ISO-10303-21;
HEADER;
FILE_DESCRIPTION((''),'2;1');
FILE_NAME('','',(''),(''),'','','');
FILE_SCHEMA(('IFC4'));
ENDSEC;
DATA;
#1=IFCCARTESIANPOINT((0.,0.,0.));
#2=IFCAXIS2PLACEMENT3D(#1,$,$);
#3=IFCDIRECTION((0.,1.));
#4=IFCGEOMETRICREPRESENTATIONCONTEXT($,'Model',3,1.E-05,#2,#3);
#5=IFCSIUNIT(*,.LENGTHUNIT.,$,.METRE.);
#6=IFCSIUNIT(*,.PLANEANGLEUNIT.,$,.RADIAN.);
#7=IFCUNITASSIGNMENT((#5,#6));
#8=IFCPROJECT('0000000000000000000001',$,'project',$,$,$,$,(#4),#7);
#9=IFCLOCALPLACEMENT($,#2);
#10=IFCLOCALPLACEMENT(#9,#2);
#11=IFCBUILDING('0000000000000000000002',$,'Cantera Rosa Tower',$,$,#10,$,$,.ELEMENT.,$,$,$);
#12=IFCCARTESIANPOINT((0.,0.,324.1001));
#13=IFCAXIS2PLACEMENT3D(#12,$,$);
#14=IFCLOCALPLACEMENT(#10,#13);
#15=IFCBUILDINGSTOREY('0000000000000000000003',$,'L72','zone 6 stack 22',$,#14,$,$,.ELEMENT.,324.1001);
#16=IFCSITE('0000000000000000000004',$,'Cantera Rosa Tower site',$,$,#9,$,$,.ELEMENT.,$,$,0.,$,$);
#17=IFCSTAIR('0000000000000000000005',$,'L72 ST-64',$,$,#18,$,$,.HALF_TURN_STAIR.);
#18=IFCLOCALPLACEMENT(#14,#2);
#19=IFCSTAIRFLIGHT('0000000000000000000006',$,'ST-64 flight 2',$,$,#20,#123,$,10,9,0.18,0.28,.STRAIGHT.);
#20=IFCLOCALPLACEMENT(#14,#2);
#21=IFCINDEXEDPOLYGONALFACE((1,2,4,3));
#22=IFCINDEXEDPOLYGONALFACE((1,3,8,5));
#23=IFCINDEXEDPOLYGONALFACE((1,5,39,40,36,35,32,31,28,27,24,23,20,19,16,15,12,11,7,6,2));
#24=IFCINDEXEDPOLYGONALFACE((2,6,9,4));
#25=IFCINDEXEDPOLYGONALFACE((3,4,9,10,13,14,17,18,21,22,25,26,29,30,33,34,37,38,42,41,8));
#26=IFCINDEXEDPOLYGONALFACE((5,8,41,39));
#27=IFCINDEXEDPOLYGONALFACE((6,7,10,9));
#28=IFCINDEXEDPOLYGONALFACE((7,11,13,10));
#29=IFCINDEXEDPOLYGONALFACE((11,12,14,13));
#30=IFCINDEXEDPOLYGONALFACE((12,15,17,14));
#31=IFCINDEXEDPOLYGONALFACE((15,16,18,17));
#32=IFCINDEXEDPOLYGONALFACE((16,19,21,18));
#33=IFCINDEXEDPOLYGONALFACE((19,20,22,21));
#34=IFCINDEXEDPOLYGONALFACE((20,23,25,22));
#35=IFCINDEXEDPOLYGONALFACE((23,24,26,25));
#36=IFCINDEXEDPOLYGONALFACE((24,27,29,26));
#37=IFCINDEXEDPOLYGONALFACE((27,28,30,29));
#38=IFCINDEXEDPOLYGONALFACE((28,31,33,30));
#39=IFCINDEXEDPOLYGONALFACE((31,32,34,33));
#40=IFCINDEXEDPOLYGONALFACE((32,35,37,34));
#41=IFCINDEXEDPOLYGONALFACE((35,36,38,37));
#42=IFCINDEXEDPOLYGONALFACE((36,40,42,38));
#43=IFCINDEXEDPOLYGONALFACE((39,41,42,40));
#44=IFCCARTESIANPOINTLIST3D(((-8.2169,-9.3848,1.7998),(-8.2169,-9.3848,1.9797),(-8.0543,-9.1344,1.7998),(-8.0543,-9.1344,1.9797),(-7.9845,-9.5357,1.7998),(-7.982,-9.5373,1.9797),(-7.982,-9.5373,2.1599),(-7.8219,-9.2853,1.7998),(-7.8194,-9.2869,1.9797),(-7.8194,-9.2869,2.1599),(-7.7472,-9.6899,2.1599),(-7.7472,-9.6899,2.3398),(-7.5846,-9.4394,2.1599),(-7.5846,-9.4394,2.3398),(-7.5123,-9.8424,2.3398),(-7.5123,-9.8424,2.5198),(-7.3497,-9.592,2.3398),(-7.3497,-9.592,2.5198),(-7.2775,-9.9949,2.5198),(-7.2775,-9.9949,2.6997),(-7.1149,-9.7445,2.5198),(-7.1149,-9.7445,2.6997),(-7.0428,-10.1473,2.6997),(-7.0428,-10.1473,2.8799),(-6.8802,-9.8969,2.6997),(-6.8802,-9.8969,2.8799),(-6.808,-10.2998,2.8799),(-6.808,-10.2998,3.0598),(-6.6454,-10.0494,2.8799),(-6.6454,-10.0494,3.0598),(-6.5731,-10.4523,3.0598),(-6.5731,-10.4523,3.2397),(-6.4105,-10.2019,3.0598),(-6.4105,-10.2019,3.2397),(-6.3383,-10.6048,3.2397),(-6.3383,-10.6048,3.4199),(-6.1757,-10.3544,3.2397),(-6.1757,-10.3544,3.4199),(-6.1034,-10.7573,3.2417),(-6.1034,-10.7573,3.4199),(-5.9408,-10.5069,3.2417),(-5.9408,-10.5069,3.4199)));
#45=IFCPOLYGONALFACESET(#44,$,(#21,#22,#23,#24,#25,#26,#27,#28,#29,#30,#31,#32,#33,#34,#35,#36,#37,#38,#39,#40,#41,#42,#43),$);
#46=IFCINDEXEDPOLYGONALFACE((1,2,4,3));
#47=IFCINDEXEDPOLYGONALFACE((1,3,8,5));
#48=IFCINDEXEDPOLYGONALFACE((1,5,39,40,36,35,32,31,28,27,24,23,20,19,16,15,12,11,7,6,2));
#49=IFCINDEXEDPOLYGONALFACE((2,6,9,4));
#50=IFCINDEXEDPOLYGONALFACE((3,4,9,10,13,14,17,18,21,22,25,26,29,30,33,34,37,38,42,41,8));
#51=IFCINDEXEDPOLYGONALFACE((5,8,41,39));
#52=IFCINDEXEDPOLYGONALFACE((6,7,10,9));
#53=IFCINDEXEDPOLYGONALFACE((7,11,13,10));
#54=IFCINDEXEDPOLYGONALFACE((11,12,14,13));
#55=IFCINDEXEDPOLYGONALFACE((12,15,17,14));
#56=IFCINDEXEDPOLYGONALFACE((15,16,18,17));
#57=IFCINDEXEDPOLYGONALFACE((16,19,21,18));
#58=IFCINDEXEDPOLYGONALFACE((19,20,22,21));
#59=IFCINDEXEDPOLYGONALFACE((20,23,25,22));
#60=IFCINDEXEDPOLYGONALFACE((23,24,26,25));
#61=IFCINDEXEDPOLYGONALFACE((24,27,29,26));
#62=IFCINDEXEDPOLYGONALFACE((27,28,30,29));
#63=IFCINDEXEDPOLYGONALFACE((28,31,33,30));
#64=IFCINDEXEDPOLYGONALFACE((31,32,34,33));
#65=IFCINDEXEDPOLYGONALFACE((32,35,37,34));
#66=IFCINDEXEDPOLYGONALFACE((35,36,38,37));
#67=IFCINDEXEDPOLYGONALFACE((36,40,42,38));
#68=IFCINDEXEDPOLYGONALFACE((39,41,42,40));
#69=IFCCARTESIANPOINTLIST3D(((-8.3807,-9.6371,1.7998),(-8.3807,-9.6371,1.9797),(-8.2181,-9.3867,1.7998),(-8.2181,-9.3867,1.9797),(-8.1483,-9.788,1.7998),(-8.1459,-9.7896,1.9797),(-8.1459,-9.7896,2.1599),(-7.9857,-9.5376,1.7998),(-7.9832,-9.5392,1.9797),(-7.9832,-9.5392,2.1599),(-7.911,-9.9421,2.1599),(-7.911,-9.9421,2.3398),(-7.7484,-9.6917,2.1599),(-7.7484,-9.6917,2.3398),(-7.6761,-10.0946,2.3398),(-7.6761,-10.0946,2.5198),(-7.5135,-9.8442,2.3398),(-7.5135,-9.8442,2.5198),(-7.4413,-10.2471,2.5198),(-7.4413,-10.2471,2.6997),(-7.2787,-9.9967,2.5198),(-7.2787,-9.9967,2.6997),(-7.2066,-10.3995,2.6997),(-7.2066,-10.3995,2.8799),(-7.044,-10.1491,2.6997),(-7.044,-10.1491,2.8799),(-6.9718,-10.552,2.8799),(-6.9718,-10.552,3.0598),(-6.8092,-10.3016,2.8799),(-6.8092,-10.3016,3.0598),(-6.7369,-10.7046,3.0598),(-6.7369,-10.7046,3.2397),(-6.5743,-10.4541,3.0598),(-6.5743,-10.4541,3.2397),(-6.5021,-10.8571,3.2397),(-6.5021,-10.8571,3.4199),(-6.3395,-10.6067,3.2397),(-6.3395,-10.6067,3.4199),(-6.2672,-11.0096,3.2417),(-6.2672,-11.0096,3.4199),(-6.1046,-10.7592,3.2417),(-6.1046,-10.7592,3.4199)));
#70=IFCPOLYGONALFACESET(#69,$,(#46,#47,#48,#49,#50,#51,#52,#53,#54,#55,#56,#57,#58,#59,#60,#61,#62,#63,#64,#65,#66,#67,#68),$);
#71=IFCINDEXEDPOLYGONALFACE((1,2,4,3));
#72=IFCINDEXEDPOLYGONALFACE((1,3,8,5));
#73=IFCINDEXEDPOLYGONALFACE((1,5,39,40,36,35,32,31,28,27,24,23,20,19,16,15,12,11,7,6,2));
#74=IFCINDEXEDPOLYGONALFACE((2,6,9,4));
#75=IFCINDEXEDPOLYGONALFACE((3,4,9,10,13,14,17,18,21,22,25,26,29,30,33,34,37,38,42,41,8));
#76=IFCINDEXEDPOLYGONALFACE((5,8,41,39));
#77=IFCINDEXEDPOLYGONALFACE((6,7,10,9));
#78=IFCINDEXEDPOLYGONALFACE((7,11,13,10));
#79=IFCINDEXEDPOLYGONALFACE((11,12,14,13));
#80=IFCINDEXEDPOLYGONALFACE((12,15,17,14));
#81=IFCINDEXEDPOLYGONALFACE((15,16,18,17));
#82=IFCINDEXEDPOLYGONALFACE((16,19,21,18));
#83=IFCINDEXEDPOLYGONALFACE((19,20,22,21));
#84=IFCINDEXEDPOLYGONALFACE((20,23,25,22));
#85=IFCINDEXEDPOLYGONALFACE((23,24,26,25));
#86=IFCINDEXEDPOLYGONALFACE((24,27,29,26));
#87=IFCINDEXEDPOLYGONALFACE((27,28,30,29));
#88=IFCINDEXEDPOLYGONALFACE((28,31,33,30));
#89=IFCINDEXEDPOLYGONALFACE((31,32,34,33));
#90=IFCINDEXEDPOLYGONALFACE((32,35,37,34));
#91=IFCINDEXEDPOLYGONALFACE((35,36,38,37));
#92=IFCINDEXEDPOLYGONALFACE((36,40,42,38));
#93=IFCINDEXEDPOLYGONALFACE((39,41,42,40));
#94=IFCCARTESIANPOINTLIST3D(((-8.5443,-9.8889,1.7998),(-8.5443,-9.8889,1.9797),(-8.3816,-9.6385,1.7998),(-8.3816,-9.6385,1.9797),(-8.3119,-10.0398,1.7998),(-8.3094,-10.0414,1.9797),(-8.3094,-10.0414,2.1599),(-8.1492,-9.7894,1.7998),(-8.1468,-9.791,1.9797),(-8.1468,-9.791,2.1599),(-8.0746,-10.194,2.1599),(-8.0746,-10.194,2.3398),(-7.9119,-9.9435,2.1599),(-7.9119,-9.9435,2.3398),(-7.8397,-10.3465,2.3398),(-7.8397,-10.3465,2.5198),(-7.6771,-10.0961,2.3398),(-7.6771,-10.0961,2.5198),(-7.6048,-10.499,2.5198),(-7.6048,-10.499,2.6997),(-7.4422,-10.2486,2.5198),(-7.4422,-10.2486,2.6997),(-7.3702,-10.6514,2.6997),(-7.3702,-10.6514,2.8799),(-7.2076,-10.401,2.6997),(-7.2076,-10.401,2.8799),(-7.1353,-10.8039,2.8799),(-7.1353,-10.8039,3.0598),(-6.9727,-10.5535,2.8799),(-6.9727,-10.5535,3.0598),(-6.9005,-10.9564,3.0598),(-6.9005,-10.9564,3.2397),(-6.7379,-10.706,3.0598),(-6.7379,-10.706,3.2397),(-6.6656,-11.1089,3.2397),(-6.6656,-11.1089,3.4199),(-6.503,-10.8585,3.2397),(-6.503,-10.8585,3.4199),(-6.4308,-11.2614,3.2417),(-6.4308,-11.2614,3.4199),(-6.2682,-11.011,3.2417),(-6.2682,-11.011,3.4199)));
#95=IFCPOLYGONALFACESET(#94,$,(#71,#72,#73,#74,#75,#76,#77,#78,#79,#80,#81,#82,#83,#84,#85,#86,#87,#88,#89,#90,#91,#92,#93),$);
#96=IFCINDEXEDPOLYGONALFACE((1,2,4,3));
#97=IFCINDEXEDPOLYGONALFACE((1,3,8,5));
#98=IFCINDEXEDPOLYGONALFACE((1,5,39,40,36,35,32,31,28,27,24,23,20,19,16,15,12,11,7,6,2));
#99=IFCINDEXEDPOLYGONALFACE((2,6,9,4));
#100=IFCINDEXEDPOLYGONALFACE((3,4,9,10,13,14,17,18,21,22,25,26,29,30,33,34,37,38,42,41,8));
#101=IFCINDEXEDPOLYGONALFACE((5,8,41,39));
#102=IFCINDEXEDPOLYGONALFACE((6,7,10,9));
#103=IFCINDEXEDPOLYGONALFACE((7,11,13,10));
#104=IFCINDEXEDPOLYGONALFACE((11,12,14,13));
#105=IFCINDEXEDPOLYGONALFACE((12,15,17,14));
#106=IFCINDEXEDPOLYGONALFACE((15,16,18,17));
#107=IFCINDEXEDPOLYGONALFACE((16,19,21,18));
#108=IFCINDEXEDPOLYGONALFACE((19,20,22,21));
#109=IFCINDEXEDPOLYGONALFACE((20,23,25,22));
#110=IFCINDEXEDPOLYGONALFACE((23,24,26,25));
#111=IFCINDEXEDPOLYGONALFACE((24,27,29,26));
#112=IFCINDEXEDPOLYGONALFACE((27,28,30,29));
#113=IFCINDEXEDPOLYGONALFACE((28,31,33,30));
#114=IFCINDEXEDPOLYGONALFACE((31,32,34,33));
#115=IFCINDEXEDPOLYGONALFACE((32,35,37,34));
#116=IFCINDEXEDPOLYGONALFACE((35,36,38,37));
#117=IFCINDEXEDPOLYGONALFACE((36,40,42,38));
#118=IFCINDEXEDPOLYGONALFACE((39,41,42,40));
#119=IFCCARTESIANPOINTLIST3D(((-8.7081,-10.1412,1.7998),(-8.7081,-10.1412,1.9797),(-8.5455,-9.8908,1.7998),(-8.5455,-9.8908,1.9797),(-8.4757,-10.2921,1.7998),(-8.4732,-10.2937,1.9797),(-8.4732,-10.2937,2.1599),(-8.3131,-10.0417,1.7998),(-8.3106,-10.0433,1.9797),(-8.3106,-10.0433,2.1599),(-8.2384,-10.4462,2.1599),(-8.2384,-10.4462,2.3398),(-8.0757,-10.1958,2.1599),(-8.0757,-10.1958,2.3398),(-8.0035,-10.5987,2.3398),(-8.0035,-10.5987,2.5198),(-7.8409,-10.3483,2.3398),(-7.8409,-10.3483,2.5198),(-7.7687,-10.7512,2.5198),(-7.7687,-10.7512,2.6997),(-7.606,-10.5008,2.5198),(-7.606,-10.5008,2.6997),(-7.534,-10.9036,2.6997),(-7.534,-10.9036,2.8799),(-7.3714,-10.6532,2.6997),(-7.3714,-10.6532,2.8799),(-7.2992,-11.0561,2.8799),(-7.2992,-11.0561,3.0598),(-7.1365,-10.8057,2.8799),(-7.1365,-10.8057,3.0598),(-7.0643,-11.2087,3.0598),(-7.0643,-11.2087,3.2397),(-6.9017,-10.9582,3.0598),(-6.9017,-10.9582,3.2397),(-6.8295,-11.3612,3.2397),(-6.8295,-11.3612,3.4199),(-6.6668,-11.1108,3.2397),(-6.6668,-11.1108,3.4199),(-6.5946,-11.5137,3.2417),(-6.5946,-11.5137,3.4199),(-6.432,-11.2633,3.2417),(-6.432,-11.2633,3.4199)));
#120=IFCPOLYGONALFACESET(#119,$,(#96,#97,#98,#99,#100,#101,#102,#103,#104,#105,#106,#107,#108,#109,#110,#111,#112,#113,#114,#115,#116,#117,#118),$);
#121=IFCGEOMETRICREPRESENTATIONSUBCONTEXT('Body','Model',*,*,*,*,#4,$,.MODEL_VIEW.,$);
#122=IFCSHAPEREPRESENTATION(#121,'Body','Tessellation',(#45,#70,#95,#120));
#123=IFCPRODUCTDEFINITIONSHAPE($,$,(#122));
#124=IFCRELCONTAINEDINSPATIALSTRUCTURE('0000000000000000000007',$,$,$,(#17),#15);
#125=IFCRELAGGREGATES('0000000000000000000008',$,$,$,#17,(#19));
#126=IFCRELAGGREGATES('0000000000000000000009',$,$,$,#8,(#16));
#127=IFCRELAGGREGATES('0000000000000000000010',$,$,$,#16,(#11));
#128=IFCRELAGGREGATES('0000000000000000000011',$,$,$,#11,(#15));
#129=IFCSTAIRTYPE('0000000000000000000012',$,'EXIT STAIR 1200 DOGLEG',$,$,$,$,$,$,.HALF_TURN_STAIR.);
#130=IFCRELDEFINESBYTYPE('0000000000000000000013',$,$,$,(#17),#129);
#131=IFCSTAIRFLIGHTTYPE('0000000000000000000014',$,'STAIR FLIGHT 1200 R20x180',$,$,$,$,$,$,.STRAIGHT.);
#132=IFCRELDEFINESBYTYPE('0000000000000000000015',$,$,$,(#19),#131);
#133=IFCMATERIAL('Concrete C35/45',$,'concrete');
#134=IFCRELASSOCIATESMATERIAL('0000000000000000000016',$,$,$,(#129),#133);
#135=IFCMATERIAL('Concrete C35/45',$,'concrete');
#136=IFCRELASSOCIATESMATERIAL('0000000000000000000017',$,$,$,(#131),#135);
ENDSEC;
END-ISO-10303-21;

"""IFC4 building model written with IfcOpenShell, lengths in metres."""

from ifc_helpers import new_model, si_unit, direction, frame, origin, place, context, subcontext, project, spatial, polyline, outline, extrude, material, type_object, element, aggregate, save


model = new_model("IFC4")

# Units and contexts
model_context = context("Model", 3, precision=1e-05, world=origin(), true_north=direction((0.0, 1.0)))
body_context = subcontext(model_context, "Body", "Model", "MODEL_VIEW")
ifc_project = project(units=[si_unit("LENGTHUNIT", "METRE"), si_unit("PLANEANGLEUNIT", "RADIAN")], contexts=[model_context])

# Site, building, storey
site_placement = place(None, origin())
site = spatial("IfcSite", under=ifc_project, at=site_placement, Name="Cantera Rosa Tower site", CompositionType="ELEMENT", RefElevation=0.0)
building_placement = place(site_placement, origin())
building = spatial("IfcBuilding", under=site, at=building_placement, Name="Cantera Rosa Tower", CompositionType="ELEMENT")
storey_placement = place(building_placement, frame((0.0, 0.0, 324.1001)))
storey = spatial("IfcBuildingStorey", under=building, at=storey_placement, Name="L72", Description="zone 6 stack 22", CompositionType="ELEMENT", Elevation=324.1001)

# Stair, stair flight
ifc_material_1 = material(Name="Concrete C35/45", Category="concrete")
stair_type = type_object("IfcStairType", Name="EXIT STAIR 1200 DOGLEG", PredefinedType="HALF_TURN_STAIR", material=ifc_material_1)
stair_placement = place(storey_placement, origin())
stair = element("IfcStair", 1, at=stair_placement, inside=storey, type_object=stair_type, Name="L72 ST-64", PredefinedType="HALF_TURN_STAIR")
ifc_material_2 = material(Name="Concrete C35/45", Category="concrete")
stair_flight_type = type_object("IfcStairFlightType", Name="STAIR FLIGHT 1200 R20x180", PredefinedType="STRAIGHT", material=ifc_material_2)
stair_flight_1_placement = place(storey_placement, frame((-8.3811, -9.6377, 1.7998), z_axis=(0.0, 0.0, 1.0), x_axis=(0.838671, -0.544639, 0.0)))
stair_flight_1 = element("IfcStairFlight", 2, at=stair_flight_1_placement, type_object=stair_flight_type, Name="ST-64 flight 2", NumberOfRisers=10, NumberOfTreads=9, PredefinedType="STRAIGHT", RiserHeight=0.18, TreadLength=0.28, context=body_context, shape_type="SweptSolid", body=[
    extrude(outline(polyline([(0.0, 0.0), (0.0, 0.1799), (0.28, 0.1799), (0.28, 0.3601), (0.5601, 0.3601), (0.5601, 0.54), (0.8401, 0.54), (0.8401, 0.72), (1.1201, 0.72), (1.1201, 0.8999), (1.3999, 0.8999), (1.3999, 1.0801), (1.6799, 1.0801), (1.6799, 1.26), (1.96, 1.26), (1.96, 1.4399), (2.24, 1.4399), (2.24, 1.6201), (2.52, 1.6201), (2.52, 1.8), (2.52, 1.4419), (0.2771, 0.0), (0.0, 0.0)])), frame((0.0, 0.6001, 0.0), z_axis=(0.0, -1.0, 0.0), x_axis=(1.0, 0.0, 0.0)), (0.0, 0.0, 1.0), 0.2986),
    extrude(outline(polyline([(0.0, 0.0), (0.0, 0.1799), (0.28, 0.1799), (0.28, 0.3601), (0.5601, 0.3601), (0.5601, 0.54), (0.8401, 0.54), (0.8401, 0.72), (1.1201, 0.72), (1.1201, 0.8999), (1.3999, 0.8999), (1.3999, 1.0801), (1.6799, 1.0801), (1.6799, 1.26), (1.96, 1.26), (1.96, 1.4399), (2.24, 1.4399), (2.24, 1.6201), (2.52, 1.6201), (2.52, 1.8), (2.52, 1.4419), (0.2771, 0.0), (0.0, 0.0)])), frame((0.0, 0.2993, 0.0), z_axis=(0.0, -1.0, 0.0), x_axis=(1.0, 0.0, 0.0)), (0.0, 0.0, 1.0), 0.2986),
    extrude(outline(polyline([(0.0, 0.0), (0.0, 0.1799), (0.28, 0.1799), (0.28, 0.3601), (0.5601, 0.3601), (0.5601, 0.54), (0.8401, 0.54), (0.8401, 0.72), (1.1201, 0.72), (1.1201, 0.8999), (1.3999, 0.8999), (1.3999, 1.0801), (1.6799, 1.0801), (1.6799, 1.26), (1.96, 1.26), (1.96, 1.4399), (2.24, 1.4399), (2.24, 1.6201), (2.52, 1.6201), (2.52, 1.8), (2.52, 1.4419), (0.2771, 0.0), (0.0, 0.0)])), frame((0.0, -0.001, 0.0), z_axis=(0.0, -1.0, 0.0), x_axis=(1.0, 0.0, 0.0)), (0.0, 0.0, 1.0), 0.2986),
    extrude(outline(polyline([(0.0, 0.0), (0.0, 0.1799), (0.28, 0.1799), (0.28, 0.3601), (0.5601, 0.3601), (0.5601, 0.54), (0.8401, 0.54), (0.8401, 0.72), (1.1201, 0.72), (1.1201, 0.8999), (1.3999, 0.8999), (1.3999, 1.0801), (1.6799, 1.0801), (1.6799, 1.26), (1.96, 1.26), (1.96, 1.4399), (2.24, 1.4399), (2.24, 1.6201), (2.52, 1.6201), (2.52, 1.8), (2.52, 1.4419), (0.2771, 0.0), (0.0, 0.0)])), frame((0.0, -0.3018, 0.0), z_axis=(0.0, -1.0, 0.0), x_axis=(1.0, 0.0, 0.0)), (0.0, 0.0, 1.0), 0.2986),
])
aggregate(stair, [stair_flight_1])

save(model, "model.ifc")
